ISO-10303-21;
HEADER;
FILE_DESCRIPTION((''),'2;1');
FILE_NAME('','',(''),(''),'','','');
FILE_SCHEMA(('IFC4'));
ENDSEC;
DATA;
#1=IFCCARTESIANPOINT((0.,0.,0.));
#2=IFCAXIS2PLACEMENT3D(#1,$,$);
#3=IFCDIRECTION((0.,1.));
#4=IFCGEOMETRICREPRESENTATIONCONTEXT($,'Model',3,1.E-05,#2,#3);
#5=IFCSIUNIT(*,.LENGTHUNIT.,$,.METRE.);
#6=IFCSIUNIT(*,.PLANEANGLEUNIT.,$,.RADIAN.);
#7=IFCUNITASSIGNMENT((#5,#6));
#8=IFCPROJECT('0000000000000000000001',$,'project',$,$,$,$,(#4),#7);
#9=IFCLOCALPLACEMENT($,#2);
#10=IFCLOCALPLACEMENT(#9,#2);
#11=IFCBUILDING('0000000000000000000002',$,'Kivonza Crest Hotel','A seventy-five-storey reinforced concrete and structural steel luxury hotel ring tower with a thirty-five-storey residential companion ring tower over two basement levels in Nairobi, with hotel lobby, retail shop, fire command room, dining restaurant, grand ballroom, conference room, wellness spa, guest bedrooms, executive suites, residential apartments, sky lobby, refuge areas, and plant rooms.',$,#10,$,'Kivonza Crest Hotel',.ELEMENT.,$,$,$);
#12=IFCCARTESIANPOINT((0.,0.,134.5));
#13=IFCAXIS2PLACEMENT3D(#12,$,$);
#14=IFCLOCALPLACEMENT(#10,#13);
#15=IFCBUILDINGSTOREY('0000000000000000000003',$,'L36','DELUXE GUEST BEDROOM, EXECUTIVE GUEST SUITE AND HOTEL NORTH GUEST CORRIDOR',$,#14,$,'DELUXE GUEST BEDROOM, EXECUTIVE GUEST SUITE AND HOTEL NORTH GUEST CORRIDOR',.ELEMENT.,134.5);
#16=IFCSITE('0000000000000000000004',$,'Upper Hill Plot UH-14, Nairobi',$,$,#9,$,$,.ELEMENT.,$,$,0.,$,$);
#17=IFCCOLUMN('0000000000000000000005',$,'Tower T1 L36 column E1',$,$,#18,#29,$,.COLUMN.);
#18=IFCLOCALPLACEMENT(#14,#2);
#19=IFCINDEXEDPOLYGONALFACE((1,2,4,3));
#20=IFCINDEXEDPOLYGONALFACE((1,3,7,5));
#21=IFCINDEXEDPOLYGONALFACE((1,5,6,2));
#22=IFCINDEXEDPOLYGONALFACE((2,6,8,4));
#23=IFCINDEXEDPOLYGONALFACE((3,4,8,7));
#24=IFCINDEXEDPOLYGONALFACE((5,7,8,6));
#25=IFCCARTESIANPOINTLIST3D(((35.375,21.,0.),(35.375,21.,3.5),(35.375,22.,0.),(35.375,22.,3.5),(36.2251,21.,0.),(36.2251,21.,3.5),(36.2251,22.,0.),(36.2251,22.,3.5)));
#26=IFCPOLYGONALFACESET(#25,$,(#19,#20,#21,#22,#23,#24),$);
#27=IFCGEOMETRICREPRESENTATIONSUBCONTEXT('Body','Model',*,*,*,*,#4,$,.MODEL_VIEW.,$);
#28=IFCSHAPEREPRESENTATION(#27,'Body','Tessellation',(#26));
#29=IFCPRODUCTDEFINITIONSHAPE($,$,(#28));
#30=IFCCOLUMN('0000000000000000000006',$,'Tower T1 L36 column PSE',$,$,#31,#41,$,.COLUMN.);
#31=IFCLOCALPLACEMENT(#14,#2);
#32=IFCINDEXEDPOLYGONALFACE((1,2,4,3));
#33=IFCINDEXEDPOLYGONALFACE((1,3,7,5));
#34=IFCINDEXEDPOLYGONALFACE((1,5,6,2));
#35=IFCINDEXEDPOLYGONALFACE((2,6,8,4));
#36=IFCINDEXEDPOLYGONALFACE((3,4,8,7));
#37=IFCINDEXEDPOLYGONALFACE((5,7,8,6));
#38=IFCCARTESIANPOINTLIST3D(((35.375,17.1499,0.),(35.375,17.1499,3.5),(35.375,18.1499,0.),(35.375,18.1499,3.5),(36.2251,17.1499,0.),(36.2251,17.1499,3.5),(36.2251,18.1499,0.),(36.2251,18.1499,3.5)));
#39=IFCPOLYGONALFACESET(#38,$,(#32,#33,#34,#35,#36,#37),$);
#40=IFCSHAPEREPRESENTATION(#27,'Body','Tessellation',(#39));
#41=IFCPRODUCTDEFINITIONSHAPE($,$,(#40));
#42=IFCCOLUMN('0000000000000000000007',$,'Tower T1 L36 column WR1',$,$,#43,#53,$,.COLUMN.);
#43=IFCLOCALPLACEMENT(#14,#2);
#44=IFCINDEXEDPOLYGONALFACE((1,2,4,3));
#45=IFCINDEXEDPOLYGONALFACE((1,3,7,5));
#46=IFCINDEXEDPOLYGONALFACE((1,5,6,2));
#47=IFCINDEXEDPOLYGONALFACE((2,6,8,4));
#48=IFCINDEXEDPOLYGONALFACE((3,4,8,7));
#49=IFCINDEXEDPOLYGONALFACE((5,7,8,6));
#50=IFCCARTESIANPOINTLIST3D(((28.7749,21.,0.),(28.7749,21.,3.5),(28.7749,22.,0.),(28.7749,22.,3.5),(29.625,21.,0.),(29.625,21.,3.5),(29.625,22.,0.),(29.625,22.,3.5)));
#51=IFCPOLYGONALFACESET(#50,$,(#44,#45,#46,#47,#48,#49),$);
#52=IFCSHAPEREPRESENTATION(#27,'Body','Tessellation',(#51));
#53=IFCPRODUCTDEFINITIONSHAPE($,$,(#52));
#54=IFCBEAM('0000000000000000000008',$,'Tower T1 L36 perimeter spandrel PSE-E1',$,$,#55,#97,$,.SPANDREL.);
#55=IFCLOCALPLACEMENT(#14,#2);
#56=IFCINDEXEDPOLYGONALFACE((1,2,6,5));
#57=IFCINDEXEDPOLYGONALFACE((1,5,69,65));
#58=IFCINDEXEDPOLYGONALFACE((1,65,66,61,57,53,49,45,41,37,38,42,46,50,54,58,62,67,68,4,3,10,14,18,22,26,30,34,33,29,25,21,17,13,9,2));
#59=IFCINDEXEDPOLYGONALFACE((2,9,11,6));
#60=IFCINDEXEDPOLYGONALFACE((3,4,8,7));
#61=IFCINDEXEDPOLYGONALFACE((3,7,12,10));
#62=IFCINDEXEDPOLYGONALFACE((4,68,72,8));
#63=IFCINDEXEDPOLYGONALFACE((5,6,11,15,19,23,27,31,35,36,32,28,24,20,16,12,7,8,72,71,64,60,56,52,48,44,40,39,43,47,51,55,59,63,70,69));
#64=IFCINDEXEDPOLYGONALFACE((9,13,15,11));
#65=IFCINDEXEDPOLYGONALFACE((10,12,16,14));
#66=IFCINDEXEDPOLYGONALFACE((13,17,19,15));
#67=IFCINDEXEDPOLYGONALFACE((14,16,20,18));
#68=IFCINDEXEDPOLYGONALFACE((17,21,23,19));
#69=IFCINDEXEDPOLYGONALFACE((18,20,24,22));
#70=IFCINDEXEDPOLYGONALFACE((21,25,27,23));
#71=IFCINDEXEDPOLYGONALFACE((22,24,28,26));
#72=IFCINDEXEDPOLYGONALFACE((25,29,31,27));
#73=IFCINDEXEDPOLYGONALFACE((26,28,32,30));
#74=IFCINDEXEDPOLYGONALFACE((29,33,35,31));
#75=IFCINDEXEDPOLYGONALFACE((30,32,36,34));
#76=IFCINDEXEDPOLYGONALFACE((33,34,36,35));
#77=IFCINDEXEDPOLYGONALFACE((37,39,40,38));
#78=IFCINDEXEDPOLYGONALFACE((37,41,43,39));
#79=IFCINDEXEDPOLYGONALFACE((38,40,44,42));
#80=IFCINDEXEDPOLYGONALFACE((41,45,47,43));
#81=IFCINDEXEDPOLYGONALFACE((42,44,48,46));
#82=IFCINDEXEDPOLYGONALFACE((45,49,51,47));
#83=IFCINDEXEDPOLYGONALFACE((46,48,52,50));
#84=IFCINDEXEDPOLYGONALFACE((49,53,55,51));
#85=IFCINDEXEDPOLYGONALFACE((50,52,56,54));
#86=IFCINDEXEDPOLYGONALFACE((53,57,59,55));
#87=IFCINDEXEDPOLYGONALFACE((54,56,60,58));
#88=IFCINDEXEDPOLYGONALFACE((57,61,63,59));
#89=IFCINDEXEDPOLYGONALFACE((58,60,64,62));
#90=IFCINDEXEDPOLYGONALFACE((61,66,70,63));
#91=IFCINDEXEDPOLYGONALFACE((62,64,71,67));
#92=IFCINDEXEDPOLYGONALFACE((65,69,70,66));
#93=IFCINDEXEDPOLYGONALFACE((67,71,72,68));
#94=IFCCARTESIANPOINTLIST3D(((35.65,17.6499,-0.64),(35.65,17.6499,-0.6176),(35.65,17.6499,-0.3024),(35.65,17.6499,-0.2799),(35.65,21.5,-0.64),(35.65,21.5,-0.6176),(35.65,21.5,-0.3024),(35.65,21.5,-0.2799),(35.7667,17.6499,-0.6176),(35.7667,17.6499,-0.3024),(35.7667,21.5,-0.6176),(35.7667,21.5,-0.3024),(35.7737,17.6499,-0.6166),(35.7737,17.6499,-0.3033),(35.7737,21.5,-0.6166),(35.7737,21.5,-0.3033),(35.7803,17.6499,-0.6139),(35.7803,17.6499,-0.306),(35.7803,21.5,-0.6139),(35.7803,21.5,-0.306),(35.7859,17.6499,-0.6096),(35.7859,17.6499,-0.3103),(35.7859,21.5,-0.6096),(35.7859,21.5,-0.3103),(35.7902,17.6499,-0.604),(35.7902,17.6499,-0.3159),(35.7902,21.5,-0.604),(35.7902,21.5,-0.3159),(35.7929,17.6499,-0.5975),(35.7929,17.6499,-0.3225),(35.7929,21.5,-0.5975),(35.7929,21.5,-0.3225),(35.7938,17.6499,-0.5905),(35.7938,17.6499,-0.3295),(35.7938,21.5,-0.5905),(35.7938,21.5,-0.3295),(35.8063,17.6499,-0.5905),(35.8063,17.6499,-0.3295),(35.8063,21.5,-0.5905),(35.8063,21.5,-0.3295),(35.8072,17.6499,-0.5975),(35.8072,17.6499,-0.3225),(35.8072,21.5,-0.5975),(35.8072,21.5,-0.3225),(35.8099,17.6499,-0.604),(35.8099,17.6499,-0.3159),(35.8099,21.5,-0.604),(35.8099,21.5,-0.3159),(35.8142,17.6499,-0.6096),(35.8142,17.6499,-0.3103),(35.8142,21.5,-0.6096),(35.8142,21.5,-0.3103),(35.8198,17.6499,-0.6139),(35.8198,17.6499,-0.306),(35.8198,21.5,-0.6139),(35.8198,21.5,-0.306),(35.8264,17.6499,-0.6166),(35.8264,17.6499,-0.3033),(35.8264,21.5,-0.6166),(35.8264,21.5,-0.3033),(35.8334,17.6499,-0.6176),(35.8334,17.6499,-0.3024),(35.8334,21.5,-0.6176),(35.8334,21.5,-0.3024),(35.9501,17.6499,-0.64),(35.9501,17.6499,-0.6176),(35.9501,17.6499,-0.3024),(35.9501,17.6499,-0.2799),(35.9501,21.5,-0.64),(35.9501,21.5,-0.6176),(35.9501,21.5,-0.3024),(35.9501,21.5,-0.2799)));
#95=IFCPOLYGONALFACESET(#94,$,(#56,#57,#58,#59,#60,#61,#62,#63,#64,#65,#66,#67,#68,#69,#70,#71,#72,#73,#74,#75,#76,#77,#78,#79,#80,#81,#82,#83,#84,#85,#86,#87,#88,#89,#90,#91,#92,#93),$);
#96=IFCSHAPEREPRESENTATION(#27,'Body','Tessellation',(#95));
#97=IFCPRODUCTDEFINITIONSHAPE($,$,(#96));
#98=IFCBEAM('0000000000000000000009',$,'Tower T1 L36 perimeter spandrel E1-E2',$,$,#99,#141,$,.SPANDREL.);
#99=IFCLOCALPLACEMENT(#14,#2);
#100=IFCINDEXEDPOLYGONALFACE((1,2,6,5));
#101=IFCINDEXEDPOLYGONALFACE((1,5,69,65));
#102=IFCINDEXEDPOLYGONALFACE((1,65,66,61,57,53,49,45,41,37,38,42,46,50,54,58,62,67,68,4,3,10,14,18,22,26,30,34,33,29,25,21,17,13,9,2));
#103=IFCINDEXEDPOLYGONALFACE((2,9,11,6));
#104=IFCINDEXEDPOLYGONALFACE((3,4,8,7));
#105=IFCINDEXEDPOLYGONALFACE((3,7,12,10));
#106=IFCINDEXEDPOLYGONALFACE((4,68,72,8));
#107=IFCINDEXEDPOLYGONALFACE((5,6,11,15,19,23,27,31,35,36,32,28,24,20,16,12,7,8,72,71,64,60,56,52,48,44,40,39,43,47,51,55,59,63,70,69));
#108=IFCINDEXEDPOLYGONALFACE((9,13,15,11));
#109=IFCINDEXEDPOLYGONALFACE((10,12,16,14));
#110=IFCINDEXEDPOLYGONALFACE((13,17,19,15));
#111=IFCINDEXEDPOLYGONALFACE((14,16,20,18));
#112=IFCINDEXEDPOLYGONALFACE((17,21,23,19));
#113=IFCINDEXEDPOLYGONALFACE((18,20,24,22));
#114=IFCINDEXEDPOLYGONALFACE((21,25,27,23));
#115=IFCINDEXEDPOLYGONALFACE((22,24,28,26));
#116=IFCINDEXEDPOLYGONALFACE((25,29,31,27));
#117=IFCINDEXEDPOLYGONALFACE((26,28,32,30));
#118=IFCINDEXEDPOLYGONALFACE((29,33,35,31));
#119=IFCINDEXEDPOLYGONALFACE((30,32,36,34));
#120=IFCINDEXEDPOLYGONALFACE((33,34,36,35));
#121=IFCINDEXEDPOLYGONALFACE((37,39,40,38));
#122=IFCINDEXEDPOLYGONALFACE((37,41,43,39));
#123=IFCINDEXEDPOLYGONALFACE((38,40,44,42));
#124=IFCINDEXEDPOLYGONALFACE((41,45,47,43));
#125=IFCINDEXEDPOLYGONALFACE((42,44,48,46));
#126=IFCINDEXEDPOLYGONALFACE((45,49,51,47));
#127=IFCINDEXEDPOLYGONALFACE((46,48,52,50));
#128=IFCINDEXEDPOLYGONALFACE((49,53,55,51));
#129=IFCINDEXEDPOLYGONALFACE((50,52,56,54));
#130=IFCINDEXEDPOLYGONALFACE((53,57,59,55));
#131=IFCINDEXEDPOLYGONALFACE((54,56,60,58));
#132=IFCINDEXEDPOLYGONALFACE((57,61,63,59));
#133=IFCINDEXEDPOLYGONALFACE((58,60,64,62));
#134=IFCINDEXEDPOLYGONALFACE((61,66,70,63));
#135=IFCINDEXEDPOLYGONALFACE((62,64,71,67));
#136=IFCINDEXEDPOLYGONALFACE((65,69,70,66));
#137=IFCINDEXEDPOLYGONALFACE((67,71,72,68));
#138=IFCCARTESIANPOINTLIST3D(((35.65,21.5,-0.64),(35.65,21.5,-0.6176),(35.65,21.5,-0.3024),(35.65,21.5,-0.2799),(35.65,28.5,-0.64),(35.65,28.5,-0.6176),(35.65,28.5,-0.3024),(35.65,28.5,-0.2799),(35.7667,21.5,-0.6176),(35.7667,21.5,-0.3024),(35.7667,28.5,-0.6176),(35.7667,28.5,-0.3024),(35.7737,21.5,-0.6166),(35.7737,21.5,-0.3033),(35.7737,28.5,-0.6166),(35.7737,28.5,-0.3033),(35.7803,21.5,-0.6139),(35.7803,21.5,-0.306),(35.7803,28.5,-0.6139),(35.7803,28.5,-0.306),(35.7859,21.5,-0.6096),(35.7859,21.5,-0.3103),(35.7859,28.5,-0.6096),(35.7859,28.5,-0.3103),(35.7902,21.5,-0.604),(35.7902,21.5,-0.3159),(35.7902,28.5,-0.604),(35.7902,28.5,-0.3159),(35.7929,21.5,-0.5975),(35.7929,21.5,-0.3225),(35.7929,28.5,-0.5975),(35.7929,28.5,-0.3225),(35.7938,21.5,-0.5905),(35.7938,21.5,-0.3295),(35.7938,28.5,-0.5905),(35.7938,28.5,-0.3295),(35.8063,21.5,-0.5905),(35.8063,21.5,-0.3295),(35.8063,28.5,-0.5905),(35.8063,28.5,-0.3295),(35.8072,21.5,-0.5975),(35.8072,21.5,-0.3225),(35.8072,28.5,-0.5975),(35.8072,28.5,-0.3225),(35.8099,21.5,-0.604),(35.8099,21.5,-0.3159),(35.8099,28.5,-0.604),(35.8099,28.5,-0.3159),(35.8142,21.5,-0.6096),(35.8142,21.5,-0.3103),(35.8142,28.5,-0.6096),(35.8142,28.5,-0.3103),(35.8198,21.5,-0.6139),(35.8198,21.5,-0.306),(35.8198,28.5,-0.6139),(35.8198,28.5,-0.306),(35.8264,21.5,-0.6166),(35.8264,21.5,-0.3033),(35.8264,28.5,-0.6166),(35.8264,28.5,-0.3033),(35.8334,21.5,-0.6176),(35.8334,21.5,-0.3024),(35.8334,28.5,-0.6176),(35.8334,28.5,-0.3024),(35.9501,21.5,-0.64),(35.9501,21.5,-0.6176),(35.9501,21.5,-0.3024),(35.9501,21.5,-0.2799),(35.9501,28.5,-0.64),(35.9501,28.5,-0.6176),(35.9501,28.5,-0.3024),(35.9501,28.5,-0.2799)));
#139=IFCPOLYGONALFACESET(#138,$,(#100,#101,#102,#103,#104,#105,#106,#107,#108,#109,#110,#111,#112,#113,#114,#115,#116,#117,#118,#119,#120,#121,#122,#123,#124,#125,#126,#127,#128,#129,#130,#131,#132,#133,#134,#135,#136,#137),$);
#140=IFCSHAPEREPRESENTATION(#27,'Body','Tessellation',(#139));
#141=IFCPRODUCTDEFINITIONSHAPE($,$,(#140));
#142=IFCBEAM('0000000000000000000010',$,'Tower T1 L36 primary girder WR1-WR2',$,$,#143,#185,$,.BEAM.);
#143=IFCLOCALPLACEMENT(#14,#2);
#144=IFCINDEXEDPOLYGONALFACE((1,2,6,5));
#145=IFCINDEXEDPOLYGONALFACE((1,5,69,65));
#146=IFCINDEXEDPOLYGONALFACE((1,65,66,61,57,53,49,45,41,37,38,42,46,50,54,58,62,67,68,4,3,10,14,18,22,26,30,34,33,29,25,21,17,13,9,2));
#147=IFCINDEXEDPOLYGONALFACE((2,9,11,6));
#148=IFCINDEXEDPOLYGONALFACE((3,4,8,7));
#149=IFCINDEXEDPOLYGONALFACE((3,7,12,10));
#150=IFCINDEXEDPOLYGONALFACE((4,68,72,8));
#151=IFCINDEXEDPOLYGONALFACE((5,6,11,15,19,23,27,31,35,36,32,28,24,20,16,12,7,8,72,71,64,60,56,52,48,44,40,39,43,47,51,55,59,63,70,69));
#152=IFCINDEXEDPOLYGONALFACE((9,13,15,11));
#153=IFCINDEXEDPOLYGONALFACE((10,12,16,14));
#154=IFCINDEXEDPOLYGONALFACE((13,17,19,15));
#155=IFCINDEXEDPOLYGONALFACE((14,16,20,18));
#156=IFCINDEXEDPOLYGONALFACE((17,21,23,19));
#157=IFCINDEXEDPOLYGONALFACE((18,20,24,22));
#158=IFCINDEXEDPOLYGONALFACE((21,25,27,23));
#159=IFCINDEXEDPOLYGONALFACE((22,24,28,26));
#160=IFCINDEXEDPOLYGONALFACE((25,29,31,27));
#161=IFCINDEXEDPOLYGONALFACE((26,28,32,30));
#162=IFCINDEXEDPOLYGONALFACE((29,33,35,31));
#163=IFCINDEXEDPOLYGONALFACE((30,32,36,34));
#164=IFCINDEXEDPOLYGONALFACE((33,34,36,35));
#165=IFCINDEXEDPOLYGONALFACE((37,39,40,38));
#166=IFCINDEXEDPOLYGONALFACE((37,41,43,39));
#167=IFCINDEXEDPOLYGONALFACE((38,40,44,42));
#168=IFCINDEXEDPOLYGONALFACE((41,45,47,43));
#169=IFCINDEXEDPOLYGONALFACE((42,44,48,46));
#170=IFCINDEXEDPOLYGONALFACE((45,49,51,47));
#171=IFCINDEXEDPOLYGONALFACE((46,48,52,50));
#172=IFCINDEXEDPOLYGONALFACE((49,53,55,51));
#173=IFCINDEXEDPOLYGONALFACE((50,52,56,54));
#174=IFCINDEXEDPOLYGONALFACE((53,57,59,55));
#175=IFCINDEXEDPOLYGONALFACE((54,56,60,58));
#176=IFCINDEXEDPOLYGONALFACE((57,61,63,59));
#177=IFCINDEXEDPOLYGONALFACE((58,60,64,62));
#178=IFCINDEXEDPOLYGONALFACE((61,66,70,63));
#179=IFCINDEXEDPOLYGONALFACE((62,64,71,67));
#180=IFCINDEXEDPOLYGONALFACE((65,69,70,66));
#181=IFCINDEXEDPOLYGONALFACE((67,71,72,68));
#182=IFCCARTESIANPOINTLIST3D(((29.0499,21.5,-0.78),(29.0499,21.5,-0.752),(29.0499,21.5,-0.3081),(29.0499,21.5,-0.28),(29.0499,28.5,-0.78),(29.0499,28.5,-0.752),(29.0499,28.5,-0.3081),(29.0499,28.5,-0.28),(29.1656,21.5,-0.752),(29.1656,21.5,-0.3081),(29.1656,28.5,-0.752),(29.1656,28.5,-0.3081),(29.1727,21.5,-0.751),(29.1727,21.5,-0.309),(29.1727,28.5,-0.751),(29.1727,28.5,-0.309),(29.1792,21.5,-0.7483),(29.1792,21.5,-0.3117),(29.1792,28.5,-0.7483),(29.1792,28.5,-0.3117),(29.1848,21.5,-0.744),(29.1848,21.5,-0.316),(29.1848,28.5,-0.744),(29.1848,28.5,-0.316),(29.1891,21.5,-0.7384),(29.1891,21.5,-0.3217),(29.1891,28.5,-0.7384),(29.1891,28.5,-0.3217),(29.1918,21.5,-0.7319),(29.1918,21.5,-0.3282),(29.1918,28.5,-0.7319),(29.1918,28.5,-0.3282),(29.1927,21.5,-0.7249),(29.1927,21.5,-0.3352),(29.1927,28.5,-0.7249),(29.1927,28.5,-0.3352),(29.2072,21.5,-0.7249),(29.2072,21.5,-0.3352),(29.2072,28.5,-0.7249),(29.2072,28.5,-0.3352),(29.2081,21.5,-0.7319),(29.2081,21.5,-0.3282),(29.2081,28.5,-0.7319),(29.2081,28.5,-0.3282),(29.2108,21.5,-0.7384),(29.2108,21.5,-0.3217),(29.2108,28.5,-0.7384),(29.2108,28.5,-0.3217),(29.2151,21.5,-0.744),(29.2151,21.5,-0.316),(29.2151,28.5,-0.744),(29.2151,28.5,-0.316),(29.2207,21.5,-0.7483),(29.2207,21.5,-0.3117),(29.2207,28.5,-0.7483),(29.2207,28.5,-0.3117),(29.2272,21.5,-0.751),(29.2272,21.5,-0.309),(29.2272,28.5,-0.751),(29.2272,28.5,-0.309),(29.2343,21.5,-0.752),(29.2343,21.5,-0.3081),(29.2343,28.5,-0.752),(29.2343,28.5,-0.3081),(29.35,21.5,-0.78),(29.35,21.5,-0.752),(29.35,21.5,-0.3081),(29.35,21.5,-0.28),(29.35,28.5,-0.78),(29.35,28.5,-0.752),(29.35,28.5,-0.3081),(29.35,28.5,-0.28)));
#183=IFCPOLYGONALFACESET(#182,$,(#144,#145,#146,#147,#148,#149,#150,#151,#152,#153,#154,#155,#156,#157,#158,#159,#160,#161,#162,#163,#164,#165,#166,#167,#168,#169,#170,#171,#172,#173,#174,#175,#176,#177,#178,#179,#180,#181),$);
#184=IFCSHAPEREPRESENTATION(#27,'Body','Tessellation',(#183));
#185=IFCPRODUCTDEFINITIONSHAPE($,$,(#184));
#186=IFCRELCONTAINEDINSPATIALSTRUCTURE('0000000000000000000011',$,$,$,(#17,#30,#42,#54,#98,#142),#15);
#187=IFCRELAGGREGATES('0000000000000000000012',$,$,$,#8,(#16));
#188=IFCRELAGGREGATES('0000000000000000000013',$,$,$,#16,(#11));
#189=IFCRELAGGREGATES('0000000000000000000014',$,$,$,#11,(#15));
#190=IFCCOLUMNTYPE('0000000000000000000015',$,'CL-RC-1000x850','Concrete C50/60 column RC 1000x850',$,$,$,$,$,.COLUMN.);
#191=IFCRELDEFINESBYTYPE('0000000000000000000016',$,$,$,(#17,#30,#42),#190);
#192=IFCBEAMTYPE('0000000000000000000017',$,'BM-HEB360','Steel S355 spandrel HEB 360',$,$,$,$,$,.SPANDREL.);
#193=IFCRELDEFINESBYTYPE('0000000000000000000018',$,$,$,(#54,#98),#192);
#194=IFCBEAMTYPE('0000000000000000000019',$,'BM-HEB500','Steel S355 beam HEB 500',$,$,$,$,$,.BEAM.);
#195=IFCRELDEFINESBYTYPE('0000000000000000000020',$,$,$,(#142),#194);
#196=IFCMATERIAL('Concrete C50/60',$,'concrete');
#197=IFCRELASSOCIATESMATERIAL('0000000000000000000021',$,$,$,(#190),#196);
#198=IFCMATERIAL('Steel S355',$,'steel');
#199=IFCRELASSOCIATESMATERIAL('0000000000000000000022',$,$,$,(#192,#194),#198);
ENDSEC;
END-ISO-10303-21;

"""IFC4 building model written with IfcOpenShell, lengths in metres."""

from ifc_helpers import new_model, si_unit, direction, frame, origin, origin_2d, place, context, subcontext, project, spatial, rectangle, i_section, extrude, material, material_profile, profile_set, type_object, element, save


model = new_model("IFC4")

# Units and contexts
model_context = context("Model", 3, precision=1e-05, world=origin(), true_north=direction((0.0, 1.0)))
body_context = subcontext(model_context, "Body", "Model", "MODEL_VIEW")
ifc_project = project(units=[si_unit("LENGTHUNIT", "METRE"), si_unit("PLANEANGLEUNIT", "RADIAN")], contexts=[model_context])

# Site, building, storey
site_placement = place(None, origin())
site = spatial("IfcSite", under=ifc_project, at=site_placement, Name="Upper Hill Plot UH-14, Nairobi", CompositionType="ELEMENT", RefElevation=0.0)
building_placement = place(site_placement, origin())
building = spatial("IfcBuilding", under=site, at=building_placement, Name="Kivonza Crest Hotel", Description="A seventy-five-storey reinforced concrete and structural steel luxury hotel ring tower with a thirty-five-storey residential companion ring tower over two basement levels in Nairobi, with hotel lobby, retail shop, fire command room, dining restaurant, grand ballroom, conference room, wellness spa, guest bedrooms, executive suites, residential apartments, sky lobby, refuge areas, and plant rooms.", LongName="Kivonza Crest Hotel", CompositionType="ELEMENT")
storey_placement = place(building_placement, frame((0.0, 0.0, 134.5)))
storey = spatial("IfcBuildingStorey", under=building, at=storey_placement, Name="L36", Description="DELUXE GUEST BEDROOM, EXECUTIVE GUEST SUITE AND HOTEL NORTH GUEST CORRIDOR", LongName="DELUXE GUEST BEDROOM, EXECUTIVE GUEST SUITE AND HOTEL NORTH GUEST CORRIDOR", CompositionType="ELEMENT", Elevation=134.5)

# Columns
ifc_material_1 = material(Name="Concrete C50/60", Category="concrete")
ifc_material_profile_1 = material_profile(ifc_material_1, rectangle(XDim=0.8501, YDim=1.0, at=origin_2d()), Name="RC 1000x850")
ifc_profile_set_1 = profile_set([ifc_material_profile_1], Name="Concrete C50/60")
column_type = type_object("IfcColumnType", Name="CL-RC-1000x850", Description="Concrete C50/60 column RC 1000x850", PredefinedType="COLUMN", material=ifc_profile_set_1)
for number, where, z_axis, x_axis, name in (
    (1, (35.8, 21.5, 0.0), (0.0, 0.0, 1.0), (1.0, 0.0, 0.0), "Tower T1 L36 column E1"),
    (2, (35.8, 17.6499, 0.0), (0.0, 0.0, 1.0), (1.0, 0.0, 0.0), "Tower T1 L36 column PSE"),
    (3, (29.2, 21.5, 0.0), (0.0, 0.0, 1.0), (1.0, 0.0, 0.0), "Tower T1 L36 column WR1"),
):
    element("IfcColumn", number, at=place(storey_placement, frame(where, z_axis=z_axis, x_axis=x_axis)), inside=storey, type_object=column_type, Name=name, PredefinedType="COLUMN", context=body_context, shape_type="SweptSolid", body=[
        extrude(rectangle(XDim=0.8501, YDim=1.0, at=origin_2d()), origin(), (0.0, 0.0, 1.0), 3.5),
    ])

# Beams
ifc_material_2 = material(Name="Steel S355", Category="steel")
ifc_material_profile_2 = material_profile(ifc_material_2, i_section(OverallWidth=0.3, OverallDepth=0.3601, WebThickness=0.0125, FlangeThickness=0.0225, FilletRadius=0.0271, at=origin_2d()), Name="HEB 360")
ifc_profile_set_2 = profile_set([ifc_material_profile_2], Name="Steel S355")
beam_type_1 = type_object("IfcBeamType", Name="BM-HEB360", Description="Steel S355 spandrel HEB 360", PredefinedType="SPANDREL", material=ifc_profile_set_2)
beam_1_placement = place(storey_placement, frame((35.8, 17.6499, -0.46), z_axis=(0.0, 1.0, 0.0), x_axis=(-1.0, 0.0, 0.0)))
element("IfcBeam", 4, at=beam_1_placement, inside=storey, type_object=beam_type_1, Name="Tower T1 L36 perimeter spandrel PSE-E1", PredefinedType="SPANDREL", context=body_context, shape_type="SweptSolid", body=[
    extrude(i_section(OverallWidth=0.3, OverallDepth=0.3601, WebThickness=0.0125, FlangeThickness=0.0225, FilletRadius=0.0271, at=origin_2d()), origin(), (0.0, 0.0, 1.0), 3.8501),
])
beam_2_placement = place(storey_placement, frame((35.8, 21.5, -0.46), z_axis=(0.0, 1.0, 0.0), x_axis=(-1.0, 0.0, 0.0)))
element("IfcBeam", 5, at=beam_2_placement, inside=storey, type_object=beam_type_1, Name="Tower T1 L36 perimeter spandrel E1-E2", PredefinedType="SPANDREL", context=body_context, shape_type="SweptSolid", body=[
    extrude(i_section(OverallWidth=0.3, OverallDepth=0.3601, WebThickness=0.0125, FlangeThickness=0.0225, FilletRadius=0.0271, at=origin_2d()), origin(), (0.0, 0.0, 1.0), 7.0),
])
ifc_material_profile_3 = material_profile(ifc_material_2, i_section(OverallWidth=0.3, OverallDepth=0.5, WebThickness=0.0144, FlangeThickness=0.0281, FilletRadius=0.0271, at=origin_2d()), Name="HEB 500")
ifc_profile_set_3 = profile_set([ifc_material_profile_3], Name="Steel S355")
beam_type_2 = type_object("IfcBeamType", Name="BM-HEB500", Description="Steel S355 beam HEB 500", PredefinedType="BEAM", material=ifc_profile_set_3)
beam_3_placement = place(storey_placement, frame((29.2, 21.5, -0.53), z_axis=(0.0, 1.0, 0.0), x_axis=(-1.0, 0.0, 0.0)))
element("IfcBeam", 6, at=beam_3_placement, inside=storey, type_object=beam_type_2, Name="Tower T1 L36 primary girder WR1-WR2", PredefinedType="BEAM", context=body_context, shape_type="SweptSolid", body=[
    extrude(i_section(OverallWidth=0.3, OverallDepth=0.5, WebThickness=0.0144, FlangeThickness=0.0281, FilletRadius=0.0271, at=origin_2d()), origin(), (0.0, 0.0, 1.0), 7.0),
])

save(model, "model.ifc")
